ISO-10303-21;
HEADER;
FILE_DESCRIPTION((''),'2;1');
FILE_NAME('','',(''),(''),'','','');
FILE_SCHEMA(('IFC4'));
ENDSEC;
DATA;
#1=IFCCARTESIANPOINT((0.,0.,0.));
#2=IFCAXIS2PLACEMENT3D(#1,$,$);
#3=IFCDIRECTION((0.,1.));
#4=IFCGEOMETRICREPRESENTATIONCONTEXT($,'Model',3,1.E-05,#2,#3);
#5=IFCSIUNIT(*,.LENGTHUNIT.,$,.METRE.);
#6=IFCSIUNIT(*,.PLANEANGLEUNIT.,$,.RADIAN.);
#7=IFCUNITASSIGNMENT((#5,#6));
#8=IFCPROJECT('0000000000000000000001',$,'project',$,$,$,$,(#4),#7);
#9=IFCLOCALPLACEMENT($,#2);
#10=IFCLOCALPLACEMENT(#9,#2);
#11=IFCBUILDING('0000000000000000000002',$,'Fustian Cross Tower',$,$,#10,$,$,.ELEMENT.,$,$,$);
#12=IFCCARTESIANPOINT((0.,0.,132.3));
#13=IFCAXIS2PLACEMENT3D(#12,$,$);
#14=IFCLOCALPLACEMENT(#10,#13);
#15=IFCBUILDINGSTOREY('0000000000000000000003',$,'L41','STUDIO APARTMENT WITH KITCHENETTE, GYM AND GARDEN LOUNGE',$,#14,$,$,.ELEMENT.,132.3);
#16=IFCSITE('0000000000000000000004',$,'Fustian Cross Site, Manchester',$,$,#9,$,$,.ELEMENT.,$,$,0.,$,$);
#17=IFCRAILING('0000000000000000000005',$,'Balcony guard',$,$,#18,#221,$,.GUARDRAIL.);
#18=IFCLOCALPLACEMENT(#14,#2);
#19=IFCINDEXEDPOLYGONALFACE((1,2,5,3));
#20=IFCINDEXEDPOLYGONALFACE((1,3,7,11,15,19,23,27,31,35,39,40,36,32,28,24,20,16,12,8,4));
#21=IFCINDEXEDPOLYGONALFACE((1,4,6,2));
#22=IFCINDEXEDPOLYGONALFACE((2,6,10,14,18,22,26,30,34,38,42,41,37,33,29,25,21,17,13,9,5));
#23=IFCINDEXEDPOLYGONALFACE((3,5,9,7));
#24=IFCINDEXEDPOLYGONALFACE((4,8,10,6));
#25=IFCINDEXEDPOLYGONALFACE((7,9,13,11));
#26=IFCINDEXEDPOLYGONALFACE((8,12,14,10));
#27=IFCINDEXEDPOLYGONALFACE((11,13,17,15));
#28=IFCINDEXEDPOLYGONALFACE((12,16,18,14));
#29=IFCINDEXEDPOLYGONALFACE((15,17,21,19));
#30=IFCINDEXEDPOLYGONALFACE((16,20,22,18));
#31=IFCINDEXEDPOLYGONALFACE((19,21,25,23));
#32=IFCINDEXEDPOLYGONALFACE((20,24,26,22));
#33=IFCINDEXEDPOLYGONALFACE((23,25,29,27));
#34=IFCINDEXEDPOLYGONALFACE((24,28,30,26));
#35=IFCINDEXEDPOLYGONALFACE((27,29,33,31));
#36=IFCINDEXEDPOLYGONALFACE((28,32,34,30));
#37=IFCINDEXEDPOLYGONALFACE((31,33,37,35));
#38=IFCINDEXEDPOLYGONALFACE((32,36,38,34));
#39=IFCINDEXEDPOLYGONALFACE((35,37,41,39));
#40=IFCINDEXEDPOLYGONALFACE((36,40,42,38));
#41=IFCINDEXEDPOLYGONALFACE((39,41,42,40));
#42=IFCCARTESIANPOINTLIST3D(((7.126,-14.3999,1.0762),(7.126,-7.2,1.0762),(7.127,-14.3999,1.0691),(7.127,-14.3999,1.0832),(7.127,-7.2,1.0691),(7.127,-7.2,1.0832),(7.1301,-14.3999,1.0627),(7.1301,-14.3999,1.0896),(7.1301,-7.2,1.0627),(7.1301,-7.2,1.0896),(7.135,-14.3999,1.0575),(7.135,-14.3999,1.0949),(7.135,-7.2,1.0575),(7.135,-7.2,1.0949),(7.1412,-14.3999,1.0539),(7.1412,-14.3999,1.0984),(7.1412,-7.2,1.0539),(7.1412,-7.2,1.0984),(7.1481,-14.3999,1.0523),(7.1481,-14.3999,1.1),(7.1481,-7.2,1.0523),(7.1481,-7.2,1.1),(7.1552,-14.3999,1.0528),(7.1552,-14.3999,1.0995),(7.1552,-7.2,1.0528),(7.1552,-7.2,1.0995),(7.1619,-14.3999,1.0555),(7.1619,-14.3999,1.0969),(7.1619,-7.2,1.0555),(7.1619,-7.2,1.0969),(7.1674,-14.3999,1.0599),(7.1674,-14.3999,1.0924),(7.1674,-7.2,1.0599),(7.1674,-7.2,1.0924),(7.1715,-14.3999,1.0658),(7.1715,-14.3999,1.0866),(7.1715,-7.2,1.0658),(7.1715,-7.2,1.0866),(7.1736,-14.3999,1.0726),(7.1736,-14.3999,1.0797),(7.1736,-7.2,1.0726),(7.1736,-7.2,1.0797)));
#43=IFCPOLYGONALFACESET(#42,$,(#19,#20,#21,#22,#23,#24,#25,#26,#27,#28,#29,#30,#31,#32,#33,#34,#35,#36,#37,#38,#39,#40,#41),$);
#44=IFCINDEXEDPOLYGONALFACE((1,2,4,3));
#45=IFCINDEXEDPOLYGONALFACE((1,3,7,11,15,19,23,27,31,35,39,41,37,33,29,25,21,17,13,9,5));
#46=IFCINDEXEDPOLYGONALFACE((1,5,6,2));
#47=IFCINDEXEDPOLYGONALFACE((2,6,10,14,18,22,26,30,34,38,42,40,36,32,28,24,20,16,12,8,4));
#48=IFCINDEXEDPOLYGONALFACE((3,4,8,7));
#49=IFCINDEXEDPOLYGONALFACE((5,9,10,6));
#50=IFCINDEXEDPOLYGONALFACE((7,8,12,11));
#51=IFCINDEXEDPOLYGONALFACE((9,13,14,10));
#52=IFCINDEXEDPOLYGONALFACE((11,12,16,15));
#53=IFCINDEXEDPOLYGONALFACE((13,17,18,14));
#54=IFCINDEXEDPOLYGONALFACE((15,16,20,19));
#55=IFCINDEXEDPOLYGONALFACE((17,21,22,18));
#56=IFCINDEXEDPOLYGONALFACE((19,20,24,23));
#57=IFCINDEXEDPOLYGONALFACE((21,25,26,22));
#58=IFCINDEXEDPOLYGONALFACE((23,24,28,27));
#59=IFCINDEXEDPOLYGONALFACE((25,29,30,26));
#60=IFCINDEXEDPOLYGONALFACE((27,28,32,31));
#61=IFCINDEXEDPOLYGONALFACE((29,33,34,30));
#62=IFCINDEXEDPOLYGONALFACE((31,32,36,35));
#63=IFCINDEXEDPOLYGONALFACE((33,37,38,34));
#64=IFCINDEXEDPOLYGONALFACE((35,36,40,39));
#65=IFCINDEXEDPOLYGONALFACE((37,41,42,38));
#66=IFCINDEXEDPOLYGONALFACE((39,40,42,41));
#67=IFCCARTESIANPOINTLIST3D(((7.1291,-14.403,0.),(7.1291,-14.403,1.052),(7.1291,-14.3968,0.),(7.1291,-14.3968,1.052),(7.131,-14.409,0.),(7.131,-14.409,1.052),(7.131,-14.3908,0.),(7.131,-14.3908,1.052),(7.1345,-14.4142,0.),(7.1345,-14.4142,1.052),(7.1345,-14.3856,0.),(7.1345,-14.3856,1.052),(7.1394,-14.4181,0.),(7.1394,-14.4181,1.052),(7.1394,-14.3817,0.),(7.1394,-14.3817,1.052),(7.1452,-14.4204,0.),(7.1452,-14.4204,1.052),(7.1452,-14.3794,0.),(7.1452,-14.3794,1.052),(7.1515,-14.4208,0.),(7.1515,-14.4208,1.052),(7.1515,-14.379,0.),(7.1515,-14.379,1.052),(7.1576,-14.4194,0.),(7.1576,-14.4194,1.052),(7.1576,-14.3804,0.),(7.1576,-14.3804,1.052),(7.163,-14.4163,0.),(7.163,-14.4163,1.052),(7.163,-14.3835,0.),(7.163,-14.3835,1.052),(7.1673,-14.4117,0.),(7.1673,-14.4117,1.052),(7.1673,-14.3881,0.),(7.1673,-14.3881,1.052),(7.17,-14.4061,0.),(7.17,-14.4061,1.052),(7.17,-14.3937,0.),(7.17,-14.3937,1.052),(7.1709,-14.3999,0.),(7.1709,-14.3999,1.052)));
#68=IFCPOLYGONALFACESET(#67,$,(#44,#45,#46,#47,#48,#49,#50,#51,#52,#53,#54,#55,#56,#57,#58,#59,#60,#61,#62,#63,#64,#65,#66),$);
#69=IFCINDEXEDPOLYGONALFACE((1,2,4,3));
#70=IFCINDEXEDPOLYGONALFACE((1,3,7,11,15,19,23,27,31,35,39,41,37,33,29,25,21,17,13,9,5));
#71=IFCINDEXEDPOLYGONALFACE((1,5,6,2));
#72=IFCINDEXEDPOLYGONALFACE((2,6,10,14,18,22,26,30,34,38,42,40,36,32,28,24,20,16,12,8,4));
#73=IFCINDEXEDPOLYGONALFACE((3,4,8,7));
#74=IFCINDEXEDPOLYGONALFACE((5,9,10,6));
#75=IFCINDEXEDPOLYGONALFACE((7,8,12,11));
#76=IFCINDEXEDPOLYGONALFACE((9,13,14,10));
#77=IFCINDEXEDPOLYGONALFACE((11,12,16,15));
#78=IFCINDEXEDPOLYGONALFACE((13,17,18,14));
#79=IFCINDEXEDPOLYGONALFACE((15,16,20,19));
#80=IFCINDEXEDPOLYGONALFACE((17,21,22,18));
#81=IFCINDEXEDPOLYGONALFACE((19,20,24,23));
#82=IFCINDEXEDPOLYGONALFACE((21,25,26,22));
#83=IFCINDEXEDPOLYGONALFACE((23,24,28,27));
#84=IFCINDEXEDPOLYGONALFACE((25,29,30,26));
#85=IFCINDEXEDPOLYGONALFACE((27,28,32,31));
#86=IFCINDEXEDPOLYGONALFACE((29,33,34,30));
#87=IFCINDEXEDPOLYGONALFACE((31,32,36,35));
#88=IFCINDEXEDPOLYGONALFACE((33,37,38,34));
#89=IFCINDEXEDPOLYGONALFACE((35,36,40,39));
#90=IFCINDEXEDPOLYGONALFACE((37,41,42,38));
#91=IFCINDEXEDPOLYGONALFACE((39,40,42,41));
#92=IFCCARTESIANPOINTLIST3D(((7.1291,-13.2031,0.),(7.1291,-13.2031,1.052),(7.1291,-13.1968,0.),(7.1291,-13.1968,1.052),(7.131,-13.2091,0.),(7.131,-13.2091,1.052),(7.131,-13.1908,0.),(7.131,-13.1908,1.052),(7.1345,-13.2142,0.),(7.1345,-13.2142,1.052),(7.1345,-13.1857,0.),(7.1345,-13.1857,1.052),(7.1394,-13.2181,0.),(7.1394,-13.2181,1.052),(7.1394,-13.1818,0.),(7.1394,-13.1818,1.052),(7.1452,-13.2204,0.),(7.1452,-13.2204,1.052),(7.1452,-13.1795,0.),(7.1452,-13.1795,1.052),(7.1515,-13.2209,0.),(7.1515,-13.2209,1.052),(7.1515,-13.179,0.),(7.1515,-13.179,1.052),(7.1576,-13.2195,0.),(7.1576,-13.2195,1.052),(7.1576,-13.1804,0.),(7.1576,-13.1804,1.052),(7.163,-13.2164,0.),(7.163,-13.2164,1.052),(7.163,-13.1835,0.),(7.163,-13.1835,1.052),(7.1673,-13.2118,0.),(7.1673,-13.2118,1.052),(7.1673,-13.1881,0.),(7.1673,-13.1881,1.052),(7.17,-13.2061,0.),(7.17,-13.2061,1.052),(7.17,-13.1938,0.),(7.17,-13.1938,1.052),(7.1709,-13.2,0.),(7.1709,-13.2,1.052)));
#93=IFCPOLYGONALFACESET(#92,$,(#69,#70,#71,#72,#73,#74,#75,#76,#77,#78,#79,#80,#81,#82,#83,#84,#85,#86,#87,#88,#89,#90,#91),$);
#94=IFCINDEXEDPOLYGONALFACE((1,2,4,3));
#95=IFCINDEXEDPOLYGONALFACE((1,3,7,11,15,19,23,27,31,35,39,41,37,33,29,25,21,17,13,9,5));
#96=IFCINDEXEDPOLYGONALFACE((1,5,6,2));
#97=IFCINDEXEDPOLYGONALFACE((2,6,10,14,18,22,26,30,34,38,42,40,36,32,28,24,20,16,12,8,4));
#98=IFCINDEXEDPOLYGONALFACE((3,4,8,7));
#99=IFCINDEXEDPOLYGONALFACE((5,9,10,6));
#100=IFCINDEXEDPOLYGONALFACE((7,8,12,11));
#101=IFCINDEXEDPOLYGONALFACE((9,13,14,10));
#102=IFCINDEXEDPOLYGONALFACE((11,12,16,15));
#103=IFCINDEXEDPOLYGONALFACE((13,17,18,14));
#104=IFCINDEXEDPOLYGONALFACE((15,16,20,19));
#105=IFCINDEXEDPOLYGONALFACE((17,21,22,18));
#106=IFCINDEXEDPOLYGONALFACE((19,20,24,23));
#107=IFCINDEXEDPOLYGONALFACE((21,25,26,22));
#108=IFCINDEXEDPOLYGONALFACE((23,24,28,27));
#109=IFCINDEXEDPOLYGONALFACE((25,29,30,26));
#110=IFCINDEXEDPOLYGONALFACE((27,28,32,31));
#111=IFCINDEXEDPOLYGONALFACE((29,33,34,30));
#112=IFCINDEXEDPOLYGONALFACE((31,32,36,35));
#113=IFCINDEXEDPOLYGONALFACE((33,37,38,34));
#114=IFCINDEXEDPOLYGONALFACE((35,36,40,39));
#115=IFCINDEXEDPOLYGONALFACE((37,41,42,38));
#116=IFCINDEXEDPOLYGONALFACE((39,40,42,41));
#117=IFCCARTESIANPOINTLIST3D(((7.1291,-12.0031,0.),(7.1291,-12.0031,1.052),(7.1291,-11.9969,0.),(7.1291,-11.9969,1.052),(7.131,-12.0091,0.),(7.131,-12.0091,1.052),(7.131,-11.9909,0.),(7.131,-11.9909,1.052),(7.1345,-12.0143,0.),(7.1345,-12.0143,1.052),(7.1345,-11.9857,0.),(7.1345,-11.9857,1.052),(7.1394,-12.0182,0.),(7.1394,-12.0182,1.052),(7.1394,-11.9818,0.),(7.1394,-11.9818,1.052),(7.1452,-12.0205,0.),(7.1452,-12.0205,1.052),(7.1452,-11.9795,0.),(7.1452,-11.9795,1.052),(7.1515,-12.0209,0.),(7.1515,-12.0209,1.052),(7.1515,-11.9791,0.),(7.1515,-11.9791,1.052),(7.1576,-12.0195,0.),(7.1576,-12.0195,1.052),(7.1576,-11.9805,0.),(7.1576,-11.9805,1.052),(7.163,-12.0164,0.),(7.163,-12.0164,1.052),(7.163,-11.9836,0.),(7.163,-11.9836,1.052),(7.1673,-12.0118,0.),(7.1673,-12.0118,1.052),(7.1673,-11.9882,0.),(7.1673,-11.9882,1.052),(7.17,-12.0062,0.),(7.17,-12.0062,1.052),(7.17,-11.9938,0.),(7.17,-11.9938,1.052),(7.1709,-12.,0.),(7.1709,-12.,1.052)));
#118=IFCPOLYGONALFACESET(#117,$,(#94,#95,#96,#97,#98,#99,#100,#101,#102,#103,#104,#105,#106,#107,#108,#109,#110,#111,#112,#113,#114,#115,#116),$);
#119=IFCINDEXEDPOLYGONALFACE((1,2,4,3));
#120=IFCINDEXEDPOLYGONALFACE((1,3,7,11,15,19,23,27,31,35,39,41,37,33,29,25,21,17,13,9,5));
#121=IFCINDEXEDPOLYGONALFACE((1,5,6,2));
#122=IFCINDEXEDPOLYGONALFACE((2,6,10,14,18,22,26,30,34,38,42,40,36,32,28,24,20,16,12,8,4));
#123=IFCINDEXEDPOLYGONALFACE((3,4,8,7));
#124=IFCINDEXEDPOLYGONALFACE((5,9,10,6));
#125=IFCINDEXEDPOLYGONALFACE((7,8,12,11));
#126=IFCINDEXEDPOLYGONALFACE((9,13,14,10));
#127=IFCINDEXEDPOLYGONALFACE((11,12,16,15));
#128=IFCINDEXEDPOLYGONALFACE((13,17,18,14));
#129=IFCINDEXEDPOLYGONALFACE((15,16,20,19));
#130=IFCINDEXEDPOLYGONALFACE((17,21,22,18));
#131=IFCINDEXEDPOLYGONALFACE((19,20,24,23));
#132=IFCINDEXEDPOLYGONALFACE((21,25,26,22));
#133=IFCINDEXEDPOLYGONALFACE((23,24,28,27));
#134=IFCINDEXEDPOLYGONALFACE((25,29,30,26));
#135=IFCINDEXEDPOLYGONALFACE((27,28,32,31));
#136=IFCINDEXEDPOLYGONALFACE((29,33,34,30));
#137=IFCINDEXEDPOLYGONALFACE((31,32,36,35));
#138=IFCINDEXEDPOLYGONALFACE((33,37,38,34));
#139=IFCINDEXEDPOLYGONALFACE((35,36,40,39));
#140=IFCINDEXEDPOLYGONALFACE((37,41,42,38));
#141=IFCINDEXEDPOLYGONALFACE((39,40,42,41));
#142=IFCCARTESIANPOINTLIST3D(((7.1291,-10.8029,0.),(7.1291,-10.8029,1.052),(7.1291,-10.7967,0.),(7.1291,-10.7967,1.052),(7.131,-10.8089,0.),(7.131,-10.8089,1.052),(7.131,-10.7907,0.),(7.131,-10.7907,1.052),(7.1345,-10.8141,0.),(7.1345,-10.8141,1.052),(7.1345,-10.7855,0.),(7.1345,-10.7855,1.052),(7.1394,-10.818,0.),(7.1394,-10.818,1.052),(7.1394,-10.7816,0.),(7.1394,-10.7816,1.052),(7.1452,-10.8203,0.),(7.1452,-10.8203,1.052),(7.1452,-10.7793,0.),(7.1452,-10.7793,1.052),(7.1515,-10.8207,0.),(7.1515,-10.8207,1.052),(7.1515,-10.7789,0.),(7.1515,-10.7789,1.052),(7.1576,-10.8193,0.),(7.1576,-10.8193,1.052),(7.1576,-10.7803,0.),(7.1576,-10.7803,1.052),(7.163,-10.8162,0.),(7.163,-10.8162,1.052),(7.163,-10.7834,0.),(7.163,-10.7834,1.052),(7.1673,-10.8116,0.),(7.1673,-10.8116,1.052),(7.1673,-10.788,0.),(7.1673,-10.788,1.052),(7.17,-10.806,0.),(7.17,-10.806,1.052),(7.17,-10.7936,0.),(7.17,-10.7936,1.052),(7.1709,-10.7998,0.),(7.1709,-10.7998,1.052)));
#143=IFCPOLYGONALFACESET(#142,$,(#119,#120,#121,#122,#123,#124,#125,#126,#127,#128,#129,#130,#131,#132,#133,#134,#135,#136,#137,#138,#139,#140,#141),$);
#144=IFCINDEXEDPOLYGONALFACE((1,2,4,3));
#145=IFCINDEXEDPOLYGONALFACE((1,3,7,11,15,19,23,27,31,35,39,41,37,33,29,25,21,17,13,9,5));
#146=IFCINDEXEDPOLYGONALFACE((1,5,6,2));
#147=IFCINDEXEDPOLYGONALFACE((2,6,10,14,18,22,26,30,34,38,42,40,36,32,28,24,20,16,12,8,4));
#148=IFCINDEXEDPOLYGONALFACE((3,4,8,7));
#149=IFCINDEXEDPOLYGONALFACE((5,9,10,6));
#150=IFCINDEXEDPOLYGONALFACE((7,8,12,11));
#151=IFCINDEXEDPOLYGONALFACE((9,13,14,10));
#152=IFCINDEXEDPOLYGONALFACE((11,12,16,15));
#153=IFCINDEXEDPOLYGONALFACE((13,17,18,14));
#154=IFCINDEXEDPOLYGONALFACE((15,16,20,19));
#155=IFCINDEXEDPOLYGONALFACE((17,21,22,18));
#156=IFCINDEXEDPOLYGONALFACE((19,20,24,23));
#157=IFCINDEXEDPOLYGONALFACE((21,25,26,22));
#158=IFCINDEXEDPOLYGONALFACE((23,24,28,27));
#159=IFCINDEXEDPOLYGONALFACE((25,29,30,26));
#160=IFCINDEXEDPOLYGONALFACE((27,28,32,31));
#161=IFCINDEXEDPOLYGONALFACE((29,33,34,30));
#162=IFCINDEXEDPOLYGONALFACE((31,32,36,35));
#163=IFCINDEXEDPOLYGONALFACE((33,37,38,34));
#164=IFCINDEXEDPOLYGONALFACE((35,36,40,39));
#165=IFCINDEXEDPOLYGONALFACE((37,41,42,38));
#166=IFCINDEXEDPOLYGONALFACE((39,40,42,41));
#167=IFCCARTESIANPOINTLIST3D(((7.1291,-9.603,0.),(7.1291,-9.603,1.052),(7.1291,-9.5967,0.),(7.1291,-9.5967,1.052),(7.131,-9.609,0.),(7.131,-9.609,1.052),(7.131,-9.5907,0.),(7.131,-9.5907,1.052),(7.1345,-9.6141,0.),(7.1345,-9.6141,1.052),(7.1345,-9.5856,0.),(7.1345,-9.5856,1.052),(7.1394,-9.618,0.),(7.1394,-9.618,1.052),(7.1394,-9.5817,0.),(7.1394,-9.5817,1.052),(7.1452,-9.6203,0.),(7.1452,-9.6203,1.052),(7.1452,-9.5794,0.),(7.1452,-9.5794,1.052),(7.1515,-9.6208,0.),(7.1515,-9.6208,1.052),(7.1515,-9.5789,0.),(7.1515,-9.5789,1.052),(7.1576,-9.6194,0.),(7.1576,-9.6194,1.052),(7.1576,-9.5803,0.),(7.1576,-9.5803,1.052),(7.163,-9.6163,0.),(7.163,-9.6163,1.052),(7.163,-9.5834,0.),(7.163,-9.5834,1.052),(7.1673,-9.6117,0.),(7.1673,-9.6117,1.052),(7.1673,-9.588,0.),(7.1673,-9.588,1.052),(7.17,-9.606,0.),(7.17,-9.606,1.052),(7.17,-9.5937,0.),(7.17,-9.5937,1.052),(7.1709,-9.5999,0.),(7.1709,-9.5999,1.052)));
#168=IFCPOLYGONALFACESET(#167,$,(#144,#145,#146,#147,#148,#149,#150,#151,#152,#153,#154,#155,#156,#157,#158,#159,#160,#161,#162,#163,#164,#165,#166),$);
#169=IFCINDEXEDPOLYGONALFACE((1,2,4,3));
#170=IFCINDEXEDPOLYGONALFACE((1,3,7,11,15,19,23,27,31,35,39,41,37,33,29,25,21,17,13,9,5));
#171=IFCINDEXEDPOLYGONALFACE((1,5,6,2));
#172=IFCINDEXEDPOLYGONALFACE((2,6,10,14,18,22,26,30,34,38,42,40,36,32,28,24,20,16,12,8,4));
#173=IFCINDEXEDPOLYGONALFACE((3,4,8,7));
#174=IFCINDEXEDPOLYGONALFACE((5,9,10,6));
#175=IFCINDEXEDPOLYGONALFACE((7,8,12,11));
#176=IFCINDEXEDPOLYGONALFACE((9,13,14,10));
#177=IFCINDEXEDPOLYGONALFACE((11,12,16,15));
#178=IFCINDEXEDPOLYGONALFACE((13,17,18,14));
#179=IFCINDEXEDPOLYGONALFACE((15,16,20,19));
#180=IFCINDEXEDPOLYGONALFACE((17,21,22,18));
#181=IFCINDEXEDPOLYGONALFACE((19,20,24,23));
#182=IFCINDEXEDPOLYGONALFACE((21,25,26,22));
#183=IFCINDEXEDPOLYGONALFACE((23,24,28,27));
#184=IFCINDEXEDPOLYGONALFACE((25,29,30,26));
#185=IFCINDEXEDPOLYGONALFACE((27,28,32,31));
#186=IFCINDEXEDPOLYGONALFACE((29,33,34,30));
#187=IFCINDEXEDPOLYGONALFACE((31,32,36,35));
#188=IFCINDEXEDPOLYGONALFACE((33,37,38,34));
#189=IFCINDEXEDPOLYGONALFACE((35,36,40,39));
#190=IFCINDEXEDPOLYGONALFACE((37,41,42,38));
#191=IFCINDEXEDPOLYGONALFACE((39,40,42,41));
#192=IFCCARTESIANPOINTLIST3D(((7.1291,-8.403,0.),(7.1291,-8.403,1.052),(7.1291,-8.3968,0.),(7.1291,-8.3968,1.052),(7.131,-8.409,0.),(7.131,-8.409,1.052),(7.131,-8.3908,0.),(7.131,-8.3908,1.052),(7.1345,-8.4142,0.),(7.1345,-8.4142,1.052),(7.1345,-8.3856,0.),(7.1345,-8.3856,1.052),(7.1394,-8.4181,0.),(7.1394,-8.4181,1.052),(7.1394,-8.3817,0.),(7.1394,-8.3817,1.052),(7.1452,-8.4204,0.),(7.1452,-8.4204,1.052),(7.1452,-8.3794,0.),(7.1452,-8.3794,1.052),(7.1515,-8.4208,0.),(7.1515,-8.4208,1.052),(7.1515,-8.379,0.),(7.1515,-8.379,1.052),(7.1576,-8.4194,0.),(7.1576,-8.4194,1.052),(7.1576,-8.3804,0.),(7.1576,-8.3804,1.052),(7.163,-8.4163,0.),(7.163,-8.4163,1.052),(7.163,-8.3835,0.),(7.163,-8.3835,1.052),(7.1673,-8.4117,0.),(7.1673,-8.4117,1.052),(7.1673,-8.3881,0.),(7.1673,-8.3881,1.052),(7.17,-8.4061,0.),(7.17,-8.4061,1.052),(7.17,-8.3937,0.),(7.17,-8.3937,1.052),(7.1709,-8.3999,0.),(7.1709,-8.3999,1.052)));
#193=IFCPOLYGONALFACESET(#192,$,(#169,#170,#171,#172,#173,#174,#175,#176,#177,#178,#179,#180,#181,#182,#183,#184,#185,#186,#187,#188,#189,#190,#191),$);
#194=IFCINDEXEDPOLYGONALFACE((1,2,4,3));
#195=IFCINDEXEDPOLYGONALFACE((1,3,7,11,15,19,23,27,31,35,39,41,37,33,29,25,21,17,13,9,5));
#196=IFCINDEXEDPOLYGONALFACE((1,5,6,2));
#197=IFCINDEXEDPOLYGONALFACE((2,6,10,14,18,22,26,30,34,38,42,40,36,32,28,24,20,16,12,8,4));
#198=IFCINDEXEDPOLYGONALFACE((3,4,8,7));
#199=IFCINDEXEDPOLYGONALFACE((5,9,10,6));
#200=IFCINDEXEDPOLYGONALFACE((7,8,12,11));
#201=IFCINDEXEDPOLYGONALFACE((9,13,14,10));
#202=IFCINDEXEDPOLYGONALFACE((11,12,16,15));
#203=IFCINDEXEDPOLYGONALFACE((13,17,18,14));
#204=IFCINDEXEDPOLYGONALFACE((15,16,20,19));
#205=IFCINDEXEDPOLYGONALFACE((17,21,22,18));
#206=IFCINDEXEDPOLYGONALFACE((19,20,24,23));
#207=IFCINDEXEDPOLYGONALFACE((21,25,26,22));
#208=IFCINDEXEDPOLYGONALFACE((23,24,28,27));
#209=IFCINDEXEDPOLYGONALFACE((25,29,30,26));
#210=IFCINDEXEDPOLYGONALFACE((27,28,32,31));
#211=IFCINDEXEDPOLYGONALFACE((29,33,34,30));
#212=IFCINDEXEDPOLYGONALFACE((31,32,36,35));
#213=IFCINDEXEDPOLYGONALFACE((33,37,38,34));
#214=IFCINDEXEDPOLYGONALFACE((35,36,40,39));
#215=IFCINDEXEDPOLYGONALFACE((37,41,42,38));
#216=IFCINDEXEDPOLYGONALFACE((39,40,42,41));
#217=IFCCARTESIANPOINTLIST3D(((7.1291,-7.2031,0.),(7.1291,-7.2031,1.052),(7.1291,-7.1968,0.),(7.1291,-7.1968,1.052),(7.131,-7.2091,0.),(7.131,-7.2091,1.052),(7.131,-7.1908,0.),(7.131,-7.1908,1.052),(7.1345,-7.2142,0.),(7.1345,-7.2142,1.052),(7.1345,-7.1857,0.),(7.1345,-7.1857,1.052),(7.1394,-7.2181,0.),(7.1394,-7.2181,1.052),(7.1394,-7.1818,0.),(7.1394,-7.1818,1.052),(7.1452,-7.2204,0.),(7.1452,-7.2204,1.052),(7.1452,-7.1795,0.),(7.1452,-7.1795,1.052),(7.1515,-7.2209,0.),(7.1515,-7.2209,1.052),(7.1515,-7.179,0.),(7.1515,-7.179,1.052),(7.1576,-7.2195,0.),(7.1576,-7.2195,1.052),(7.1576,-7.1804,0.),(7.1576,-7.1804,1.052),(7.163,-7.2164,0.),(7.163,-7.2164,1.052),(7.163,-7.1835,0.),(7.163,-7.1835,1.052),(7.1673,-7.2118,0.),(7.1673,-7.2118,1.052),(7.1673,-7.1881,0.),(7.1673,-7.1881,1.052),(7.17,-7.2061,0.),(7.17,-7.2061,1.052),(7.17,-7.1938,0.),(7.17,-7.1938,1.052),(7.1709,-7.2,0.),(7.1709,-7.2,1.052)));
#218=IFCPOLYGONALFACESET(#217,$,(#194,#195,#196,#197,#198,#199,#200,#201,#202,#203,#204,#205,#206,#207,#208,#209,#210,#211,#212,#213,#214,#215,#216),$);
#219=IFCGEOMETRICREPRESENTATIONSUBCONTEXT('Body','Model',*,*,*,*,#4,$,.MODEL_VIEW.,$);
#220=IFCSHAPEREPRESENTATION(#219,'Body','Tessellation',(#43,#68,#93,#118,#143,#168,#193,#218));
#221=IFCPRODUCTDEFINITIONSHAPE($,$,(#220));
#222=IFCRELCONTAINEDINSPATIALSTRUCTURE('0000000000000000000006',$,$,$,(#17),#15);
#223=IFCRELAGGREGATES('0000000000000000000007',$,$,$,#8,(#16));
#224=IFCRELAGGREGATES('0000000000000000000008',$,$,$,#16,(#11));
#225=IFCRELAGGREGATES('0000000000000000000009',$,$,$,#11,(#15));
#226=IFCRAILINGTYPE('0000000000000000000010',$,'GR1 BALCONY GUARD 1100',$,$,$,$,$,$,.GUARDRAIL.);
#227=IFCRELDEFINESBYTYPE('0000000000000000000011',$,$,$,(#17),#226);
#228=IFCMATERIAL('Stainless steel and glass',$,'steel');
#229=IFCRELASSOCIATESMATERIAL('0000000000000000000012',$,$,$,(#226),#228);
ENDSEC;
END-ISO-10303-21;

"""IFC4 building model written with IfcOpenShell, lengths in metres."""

from ifc_helpers import new_model, si_unit, direction, frame, origin, origin_2d, place, context, subcontext, project, spatial, circle, extrude, material, type_object, element, save


model = new_model("IFC4")

# Units and contexts
model_context = context("Model", 3, precision=1e-05, world=origin(), true_north=direction((0.0, 1.0)))
body_context = subcontext(model_context, "Body", "Model", "MODEL_VIEW")
ifc_project = project(units=[si_unit("LENGTHUNIT", "METRE"), si_unit("PLANEANGLEUNIT", "RADIAN")], contexts=[model_context])

# Site, building, storey
site_placement = place(None, origin())
site = spatial("IfcSite", under=ifc_project, at=site_placement, Name="Fustian Cross Site, Manchester", CompositionType="ELEMENT", RefElevation=0.0)
building_placement = place(site_placement, origin())
building = spatial("IfcBuilding", under=site, at=building_placement, Name="Fustian Cross Tower", CompositionType="ELEMENT")
storey_placement = place(building_placement, frame((0.0, 0.0, 132.3)))
storey = spatial("IfcBuildingStorey", under=building, at=storey_placement, Name="L41", Description="STUDIO APARTMENT WITH KITCHENETTE, GYM AND GARDEN LOUNGE", CompositionType="ELEMENT", Elevation=132.3)

# Railing
ifc_material_1 = material(Name="Stainless steel and glass", Category="steel")
railing_type = type_object("IfcRailingType", Name="GR1 BALCONY GUARD 1100", PredefinedType="GUARDRAIL", material=ifc_material_1)
railing_placement = place(storey_placement, frame((7.1499, -14.3999, 0.0)))
element("IfcRailing", 1, at=railing_placement, inside=storey, type_object=railing_type, Name="Balcony guard", PredefinedType="GUARDRAIL", context=body_context, shape_type="SweptSolid", body=[
    extrude(circle(Radius=0.0239, at=origin_2d()), frame((0.0, 0.0, 1.0762), z_axis=(0.0, 1.0, 0.0), x_axis=(-1.0, 0.0, 0.0)), (0.0, 0.0, 1.0), 7.2),
    extrude(circle(Radius=0.021, at=origin_2d()), origin(), (0.0, 0.0, 1.0), 1.052),
    extrude(circle(Radius=0.021, at=origin_2d()), frame((0.0, 1.2, 0.0)), (0.0, 0.0, 1.0), 1.052),
    extrude(circle(Radius=0.021, at=origin_2d()), frame((0.0, 2.3999, 0.0)), (0.0, 0.0, 1.0), 1.052),
    extrude(circle(Radius=0.021, at=origin_2d()), frame((0.0, 3.6001, 0.0)), (0.0, 0.0, 1.0), 1.052),
    extrude(circle(Radius=0.021, at=origin_2d()), frame((0.0, 4.8, 0.0)), (0.0, 0.0, 1.0), 1.052),
    extrude(circle(Radius=0.021, at=origin_2d()), frame((0.0, 6.0, 0.0)), (0.0, 0.0, 1.0), 1.052),
    extrude(circle(Radius=0.021, at=origin_2d()), frame((0.0, 7.2, 0.0)), (0.0, 0.0, 1.0), 1.052),
])

save(model, "model.ifc")
